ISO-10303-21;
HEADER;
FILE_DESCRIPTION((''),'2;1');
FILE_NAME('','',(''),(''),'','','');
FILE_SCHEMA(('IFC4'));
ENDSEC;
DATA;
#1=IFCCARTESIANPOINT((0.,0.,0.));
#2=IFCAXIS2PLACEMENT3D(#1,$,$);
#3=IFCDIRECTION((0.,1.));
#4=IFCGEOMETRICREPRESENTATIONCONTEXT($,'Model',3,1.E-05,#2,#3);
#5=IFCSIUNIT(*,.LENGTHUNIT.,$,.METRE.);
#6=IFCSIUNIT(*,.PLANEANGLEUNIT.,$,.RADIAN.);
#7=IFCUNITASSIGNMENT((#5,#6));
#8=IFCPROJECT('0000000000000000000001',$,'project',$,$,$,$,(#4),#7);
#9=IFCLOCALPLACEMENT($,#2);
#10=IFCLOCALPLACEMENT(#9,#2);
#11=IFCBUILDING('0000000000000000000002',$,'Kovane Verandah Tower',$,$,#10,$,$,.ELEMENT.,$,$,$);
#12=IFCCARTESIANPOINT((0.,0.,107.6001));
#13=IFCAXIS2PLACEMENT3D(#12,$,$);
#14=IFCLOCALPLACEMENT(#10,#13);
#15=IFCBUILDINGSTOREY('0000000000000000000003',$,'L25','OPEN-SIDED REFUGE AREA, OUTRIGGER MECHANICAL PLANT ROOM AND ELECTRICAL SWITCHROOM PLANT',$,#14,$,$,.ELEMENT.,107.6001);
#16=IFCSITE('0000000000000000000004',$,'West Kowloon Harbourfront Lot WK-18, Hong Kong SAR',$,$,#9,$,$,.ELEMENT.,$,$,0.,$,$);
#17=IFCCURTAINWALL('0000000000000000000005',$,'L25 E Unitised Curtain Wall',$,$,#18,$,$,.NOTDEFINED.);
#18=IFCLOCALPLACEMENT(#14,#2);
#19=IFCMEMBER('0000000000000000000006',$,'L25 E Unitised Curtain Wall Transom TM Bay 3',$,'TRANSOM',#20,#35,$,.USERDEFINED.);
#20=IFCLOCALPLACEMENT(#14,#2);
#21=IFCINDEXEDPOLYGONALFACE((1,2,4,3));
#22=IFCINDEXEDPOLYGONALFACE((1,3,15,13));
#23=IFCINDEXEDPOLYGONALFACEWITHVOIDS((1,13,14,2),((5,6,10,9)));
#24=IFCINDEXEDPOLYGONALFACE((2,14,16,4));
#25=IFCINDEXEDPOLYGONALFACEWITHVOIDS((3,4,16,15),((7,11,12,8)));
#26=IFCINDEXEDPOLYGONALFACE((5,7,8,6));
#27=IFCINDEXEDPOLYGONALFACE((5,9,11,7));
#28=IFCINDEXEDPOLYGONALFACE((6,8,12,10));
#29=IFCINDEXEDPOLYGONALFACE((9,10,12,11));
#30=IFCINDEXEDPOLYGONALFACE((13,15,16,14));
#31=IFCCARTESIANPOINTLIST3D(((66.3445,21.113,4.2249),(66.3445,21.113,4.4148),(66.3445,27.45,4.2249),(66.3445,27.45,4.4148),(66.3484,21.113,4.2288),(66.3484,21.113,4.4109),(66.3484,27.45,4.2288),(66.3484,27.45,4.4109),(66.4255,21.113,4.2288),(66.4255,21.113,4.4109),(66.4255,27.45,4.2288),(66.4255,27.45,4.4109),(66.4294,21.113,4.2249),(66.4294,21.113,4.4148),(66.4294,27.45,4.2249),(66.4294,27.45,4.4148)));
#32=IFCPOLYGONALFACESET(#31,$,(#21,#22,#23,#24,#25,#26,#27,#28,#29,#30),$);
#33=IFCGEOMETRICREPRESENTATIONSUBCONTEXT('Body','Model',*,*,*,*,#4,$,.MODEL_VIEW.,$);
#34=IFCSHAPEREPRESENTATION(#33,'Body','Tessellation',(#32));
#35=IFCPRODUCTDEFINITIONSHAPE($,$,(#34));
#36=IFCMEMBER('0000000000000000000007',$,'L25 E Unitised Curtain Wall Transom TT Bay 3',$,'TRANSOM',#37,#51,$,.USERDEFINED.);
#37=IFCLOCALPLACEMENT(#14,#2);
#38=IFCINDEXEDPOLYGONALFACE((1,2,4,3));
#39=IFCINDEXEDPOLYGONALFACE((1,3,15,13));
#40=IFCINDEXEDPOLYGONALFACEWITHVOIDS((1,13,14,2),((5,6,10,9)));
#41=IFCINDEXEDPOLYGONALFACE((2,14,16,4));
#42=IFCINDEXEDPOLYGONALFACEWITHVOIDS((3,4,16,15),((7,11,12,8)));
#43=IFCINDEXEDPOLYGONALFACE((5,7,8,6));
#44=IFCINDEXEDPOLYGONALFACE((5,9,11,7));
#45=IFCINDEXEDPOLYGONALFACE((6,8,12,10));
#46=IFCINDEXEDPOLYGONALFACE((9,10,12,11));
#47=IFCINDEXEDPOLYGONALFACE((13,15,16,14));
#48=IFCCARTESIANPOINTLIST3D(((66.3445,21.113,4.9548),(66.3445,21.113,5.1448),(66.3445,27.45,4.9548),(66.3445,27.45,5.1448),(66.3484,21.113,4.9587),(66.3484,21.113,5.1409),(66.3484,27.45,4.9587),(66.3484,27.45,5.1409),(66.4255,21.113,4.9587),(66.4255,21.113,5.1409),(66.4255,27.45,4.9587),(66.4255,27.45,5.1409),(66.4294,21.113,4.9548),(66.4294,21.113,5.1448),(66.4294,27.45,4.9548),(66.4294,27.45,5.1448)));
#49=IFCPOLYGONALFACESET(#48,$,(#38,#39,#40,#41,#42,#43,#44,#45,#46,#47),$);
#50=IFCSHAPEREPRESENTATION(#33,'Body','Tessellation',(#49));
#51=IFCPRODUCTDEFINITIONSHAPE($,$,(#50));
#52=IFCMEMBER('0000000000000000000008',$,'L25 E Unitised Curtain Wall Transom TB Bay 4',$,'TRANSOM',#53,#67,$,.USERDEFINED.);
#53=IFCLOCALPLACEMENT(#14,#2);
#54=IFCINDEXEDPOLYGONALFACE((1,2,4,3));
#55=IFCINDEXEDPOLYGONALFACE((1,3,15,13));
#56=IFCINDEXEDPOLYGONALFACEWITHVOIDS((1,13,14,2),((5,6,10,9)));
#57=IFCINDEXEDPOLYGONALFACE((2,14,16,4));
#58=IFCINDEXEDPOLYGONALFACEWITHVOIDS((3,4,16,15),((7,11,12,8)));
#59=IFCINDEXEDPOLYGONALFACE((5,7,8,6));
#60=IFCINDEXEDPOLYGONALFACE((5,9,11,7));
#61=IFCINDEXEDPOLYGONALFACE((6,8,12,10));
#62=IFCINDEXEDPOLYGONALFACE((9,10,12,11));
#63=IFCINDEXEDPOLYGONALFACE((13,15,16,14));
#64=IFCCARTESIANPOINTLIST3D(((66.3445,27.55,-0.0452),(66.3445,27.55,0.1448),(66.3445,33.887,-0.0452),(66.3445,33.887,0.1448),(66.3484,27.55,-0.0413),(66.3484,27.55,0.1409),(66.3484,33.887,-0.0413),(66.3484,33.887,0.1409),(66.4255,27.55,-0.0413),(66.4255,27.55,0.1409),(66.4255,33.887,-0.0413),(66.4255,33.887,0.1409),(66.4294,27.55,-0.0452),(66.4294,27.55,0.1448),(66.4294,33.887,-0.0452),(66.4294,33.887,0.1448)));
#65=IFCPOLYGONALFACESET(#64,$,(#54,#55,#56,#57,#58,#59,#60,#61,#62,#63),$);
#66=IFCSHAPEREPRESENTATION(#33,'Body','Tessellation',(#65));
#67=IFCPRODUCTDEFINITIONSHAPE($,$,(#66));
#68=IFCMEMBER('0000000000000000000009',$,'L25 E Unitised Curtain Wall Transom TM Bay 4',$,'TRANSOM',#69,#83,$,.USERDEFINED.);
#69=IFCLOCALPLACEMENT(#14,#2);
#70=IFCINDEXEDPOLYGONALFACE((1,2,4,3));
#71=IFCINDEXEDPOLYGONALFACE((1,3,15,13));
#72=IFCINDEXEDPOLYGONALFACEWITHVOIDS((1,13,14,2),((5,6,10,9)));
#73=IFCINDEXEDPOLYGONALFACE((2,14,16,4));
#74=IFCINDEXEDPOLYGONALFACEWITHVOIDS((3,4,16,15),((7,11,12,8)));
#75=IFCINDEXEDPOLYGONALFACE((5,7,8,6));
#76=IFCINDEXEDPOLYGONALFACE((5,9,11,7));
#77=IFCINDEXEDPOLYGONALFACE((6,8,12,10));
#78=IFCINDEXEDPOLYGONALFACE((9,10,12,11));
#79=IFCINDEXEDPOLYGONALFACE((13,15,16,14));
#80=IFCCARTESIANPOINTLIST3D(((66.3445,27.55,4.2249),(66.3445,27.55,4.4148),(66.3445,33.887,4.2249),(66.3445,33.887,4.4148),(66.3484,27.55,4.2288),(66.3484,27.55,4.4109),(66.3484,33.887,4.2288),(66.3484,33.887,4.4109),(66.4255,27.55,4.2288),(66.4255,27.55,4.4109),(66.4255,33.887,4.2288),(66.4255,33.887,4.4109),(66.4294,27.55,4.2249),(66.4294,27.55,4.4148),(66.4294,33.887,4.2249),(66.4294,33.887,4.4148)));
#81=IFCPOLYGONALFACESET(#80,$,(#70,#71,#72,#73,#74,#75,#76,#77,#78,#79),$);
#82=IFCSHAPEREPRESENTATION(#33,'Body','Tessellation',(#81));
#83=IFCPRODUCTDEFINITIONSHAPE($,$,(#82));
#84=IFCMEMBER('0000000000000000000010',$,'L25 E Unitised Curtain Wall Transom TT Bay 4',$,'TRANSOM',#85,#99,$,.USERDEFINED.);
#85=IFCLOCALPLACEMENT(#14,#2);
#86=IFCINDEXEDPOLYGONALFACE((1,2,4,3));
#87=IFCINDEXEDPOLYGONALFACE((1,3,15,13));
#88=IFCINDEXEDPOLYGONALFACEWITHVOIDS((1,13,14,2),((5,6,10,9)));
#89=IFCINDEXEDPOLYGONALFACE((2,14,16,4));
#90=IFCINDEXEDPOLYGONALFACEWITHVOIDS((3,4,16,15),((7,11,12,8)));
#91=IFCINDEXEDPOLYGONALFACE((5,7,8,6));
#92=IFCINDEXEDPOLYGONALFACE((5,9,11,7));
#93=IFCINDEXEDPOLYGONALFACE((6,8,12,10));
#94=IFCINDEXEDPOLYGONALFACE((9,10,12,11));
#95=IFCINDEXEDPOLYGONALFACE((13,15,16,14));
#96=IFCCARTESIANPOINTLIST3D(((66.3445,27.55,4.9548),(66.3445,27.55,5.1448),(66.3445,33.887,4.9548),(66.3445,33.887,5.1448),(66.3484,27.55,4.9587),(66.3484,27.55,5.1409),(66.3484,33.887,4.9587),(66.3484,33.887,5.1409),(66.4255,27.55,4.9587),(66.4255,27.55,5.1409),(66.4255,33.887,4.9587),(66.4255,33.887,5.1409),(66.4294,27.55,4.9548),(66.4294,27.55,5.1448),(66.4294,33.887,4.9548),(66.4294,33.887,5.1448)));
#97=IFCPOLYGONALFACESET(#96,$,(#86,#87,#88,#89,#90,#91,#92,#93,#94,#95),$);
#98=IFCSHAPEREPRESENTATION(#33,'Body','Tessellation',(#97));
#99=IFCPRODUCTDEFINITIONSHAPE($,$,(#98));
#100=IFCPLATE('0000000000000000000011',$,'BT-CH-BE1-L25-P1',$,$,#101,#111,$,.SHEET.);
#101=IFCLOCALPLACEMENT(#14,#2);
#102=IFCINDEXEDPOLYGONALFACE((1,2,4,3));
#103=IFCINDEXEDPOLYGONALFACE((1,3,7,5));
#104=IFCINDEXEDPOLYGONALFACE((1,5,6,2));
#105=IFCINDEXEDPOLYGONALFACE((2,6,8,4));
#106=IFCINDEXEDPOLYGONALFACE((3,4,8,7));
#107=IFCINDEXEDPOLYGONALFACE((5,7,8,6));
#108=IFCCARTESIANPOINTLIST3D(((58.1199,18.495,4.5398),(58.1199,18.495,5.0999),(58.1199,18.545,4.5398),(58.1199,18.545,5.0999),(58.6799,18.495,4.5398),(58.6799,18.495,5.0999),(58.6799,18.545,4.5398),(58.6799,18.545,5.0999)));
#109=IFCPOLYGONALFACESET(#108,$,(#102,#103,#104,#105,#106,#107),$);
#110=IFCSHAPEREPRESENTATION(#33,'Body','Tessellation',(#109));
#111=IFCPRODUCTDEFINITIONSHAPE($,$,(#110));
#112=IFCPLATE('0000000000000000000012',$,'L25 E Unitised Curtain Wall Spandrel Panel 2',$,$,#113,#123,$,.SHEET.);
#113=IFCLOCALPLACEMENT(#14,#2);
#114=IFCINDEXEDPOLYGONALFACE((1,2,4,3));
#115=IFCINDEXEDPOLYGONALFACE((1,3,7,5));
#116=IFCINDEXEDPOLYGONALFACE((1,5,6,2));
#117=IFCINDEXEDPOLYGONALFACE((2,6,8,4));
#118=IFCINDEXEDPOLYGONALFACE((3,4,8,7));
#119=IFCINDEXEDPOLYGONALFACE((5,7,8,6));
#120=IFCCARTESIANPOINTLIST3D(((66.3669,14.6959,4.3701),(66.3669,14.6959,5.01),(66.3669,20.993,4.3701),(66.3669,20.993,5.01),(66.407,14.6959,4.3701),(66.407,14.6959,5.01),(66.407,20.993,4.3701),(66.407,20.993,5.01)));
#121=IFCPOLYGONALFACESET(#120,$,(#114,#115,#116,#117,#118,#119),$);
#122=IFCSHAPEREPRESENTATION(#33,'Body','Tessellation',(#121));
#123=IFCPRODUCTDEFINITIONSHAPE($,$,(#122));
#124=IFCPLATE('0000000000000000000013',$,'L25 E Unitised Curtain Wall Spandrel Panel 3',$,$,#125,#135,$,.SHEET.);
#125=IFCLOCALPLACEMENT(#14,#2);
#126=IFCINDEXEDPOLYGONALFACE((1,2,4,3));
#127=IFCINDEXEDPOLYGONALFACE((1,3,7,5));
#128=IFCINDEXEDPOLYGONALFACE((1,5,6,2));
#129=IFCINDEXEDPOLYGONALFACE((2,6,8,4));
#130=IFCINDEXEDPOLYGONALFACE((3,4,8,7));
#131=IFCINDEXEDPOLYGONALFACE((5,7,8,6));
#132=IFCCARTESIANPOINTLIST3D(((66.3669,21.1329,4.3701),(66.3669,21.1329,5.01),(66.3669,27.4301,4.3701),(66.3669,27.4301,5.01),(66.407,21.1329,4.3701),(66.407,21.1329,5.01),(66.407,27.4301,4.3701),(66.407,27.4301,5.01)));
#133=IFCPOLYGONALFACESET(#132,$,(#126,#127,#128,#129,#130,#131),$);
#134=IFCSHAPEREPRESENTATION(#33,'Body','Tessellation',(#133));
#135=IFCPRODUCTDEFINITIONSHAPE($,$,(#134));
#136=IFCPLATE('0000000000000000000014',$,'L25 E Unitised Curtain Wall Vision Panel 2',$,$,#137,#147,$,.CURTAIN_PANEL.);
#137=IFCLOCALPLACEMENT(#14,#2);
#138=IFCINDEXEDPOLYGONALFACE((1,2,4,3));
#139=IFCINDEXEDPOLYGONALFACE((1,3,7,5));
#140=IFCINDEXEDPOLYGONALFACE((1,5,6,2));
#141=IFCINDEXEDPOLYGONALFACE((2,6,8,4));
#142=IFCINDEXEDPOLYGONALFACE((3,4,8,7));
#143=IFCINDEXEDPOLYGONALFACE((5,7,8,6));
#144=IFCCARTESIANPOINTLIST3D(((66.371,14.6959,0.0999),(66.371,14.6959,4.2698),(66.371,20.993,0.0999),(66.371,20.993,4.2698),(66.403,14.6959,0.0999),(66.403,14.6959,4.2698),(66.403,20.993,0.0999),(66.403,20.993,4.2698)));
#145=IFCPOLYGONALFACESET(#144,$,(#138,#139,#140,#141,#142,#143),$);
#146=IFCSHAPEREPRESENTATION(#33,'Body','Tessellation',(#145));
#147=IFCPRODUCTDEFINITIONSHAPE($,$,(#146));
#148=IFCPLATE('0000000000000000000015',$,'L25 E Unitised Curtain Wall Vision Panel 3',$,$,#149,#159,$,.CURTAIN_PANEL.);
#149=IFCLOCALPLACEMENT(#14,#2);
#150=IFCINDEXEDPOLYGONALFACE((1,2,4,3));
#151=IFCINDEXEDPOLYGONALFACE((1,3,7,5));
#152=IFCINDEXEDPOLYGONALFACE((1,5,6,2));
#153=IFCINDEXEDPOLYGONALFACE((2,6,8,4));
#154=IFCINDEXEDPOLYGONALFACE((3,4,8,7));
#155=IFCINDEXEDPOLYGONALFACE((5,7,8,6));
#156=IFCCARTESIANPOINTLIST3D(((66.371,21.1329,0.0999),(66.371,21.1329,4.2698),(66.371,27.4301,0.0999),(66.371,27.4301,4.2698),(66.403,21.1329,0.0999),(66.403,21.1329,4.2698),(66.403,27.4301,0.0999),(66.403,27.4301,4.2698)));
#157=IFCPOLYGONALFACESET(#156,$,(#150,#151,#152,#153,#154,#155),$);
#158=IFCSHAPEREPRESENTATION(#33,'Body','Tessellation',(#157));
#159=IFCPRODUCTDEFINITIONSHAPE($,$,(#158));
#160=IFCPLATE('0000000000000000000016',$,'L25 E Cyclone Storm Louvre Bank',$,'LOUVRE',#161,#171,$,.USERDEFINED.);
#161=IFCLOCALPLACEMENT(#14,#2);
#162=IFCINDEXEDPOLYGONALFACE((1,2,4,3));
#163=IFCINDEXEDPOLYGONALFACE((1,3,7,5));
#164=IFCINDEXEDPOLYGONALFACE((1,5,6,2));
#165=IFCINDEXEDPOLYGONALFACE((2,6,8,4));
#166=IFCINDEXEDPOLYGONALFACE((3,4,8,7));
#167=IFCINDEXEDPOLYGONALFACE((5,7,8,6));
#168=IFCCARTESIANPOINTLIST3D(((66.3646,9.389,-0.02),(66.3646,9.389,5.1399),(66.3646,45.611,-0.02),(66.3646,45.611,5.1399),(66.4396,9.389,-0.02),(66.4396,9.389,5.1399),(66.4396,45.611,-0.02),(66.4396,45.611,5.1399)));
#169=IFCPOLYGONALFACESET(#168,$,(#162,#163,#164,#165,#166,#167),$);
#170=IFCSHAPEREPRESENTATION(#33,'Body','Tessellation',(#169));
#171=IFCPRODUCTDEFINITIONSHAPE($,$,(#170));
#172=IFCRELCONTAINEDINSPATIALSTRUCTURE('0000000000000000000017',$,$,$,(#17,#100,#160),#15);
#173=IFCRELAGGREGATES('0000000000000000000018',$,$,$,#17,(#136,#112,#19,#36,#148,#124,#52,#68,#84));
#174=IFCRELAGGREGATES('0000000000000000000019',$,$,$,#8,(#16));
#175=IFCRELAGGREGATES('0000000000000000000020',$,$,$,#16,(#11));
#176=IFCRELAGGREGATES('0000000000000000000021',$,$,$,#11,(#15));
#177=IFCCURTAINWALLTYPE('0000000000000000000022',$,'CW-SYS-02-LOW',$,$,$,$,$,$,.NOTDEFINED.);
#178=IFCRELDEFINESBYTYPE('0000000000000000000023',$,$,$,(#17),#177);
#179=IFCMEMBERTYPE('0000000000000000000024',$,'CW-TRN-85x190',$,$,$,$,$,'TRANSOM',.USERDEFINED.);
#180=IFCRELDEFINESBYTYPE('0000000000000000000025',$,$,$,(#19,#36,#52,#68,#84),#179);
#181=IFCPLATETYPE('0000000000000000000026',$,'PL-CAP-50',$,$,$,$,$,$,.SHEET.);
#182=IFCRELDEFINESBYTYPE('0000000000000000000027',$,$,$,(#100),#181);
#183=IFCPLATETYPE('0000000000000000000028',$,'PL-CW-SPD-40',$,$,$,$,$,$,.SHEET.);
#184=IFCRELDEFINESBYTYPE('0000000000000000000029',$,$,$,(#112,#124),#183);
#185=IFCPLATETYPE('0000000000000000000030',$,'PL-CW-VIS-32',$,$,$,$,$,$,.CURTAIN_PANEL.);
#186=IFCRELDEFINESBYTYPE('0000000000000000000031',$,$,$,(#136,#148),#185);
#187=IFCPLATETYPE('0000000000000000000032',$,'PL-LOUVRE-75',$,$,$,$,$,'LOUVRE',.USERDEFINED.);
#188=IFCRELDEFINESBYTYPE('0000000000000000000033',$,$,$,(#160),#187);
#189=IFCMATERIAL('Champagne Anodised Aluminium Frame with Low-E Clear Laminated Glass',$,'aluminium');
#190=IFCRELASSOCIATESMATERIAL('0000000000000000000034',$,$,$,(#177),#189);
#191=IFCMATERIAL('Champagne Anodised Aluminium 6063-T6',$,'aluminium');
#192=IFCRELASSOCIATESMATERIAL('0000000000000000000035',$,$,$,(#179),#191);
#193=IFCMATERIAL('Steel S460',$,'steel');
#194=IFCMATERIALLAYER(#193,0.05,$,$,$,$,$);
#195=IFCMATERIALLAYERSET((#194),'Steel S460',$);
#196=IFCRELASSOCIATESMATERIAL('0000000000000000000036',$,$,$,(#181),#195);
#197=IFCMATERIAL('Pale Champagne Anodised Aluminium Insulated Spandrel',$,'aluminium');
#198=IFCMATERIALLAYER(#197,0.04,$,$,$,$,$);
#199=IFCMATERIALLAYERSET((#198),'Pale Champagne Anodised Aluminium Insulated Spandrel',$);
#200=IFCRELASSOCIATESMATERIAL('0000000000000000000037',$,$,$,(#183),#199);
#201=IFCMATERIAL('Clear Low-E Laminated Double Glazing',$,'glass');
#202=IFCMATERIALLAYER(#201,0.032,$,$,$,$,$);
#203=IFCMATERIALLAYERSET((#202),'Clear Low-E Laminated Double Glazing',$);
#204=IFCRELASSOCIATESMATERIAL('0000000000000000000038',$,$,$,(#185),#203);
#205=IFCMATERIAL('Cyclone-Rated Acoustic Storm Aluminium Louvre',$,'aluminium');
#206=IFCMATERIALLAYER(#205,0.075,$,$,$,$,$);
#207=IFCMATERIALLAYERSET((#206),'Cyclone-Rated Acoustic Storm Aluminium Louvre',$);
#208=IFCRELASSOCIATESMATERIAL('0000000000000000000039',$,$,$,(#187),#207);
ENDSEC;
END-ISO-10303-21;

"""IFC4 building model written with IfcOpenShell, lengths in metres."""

from ifc_helpers import new_model, si_unit, direction, frame, origin, origin_2d, place, context, subcontext, project, spatial, rectangle, hollow_rectangle, extrude, material, layer, layer_set, material_profile, profile_set, type_object, element, aggregate, save


model = new_model("IFC4")

# Units and contexts
model_context = context("Model", 3, precision=1e-05, world=origin(), true_north=direction((0.0, 1.0)))
body_context = subcontext(model_context, "Body", "Model", "MODEL_VIEW")
ifc_project = project(units=[si_unit("LENGTHUNIT", "METRE"), si_unit("PLANEANGLEUNIT", "RADIAN")], contexts=[model_context])

# Site, building, storey
site_placement = place(None, origin())
site = spatial("IfcSite", under=ifc_project, at=site_placement, Name="West Kowloon Harbourfront Lot WK-18, Hong Kong SAR", CompositionType="ELEMENT", RefElevation=0.0)
building_placement = place(site_placement, origin())
building = spatial("IfcBuilding", under=site, at=building_placement, Name="Kovane Verandah Tower", CompositionType="ELEMENT")
storey_placement = place(building_placement, frame((0.0, 0.0, 107.6001)))
storey = spatial("IfcBuildingStorey", under=building, at=storey_placement, Name="L25", Description="OPEN-SIDED REFUGE AREA, OUTRIGGER MECHANICAL PLANT ROOM AND ELECTRICAL SWITCHROOM PLANT", CompositionType="ELEMENT", Elevation=107.6001)

# Shared definitions
ifc_material_1 = material(Name="Steel S460", Category="steel")

# Curtain wall, members
ifc_material_2 = material(Name="Champagne Anodised Aluminium Frame with Low-E Clear Laminated Glass", Category="aluminium")
curtain_wall_type = type_object("IfcCurtainWallType", Name="CW-SYS-02-LOW", PredefinedType="NOTDEFINED", material=ifc_material_2)
curtain_wall_placement = place(storey_placement, origin())
curtain_wall = element("IfcCurtainWall", 1, at=curtain_wall_placement, inside=storey, type_object=curtain_wall_type, Name="L25 E Unitised Curtain Wall", PredefinedType="NOTDEFINED")
ifc_material_3 = material(Name="Champagne Anodised Aluminium 6063-T6", Category="aluminium")
ifc_material_profile_1 = material_profile(ifc_material_3, hollow_rectangle(XDim=0.085, YDim=0.1899, WallThickness=0.0039, at=origin_2d()), Name="AL85x190x4")
ifc_profile_set_1 = profile_set([ifc_material_profile_1], Name="Champagne Anodised Aluminium 6063-T6")
member_type_1 = type_object("IfcMemberType", Name="CW-TRN-85x190", ElementType="TRANSOM", PredefinedType="USERDEFINED", material=ifc_profile_set_1)
member_1_placement = place(storey_placement, frame((66.387, 21.113, 4.3198), z_axis=(0.0, 1.0, 0.0), x_axis=(-1.0, 0.0, 0.0)))
member_1 = element("IfcMember", 2, at=member_1_placement, type_object=member_type_1, Name="L25 E Unitised Curtain Wall Transom TM Bay 3", ObjectType="TRANSOM", PredefinedType="USERDEFINED", context=body_context, shape_type="SweptSolid", body=[
    extrude(hollow_rectangle(XDim=0.085, YDim=0.1899, WallThickness=0.0039, at=origin_2d()), origin(), (0.0, 0.0, 1.0), 6.3369),
])
member_2_placement = place(storey_placement, frame((66.387, 21.113, 5.0498), z_axis=(0.0, 1.0, 0.0), x_axis=(-1.0, 0.0, 0.0)))
member_2 = element("IfcMember", 3, at=member_2_placement, type_object=member_type_1, Name="L25 E Unitised Curtain Wall Transom TT Bay 3", ObjectType="TRANSOM", PredefinedType="USERDEFINED", context=body_context, shape_type="SweptSolid", body=[
    extrude(hollow_rectangle(XDim=0.085, YDim=0.1899, WallThickness=0.0039, at=origin_2d()), origin(), (0.0, 0.0, 1.0), 6.3369),
])
member_3_placement = place(storey_placement, frame((66.387, 27.55, 0.0498), z_axis=(0.0, 1.0, 0.0), x_axis=(-1.0, 0.0, 0.0)))
member_3 = element("IfcMember", 4, at=member_3_placement, type_object=member_type_1, Name="L25 E Unitised Curtain Wall Transom TB Bay 4", ObjectType="TRANSOM", PredefinedType="USERDEFINED", context=body_context, shape_type="SweptSolid", body=[
    extrude(hollow_rectangle(XDim=0.085, YDim=0.1899, WallThickness=0.0039, at=origin_2d()), origin(), (0.0, 0.0, 1.0), 6.3369),
])
member_4_placement = place(storey_placement, frame((66.387, 27.55, 4.3198), z_axis=(0.0, 1.0, 0.0), x_axis=(-1.0, 0.0, 0.0)))
member_4 = element("IfcMember", 5, at=member_4_placement, type_object=member_type_1, Name="L25 E Unitised Curtain Wall Transom TM Bay 4", ObjectType="TRANSOM", PredefinedType="USERDEFINED", context=body_context, shape_type="SweptSolid", body=[
    extrude(hollow_rectangle(XDim=0.085, YDim=0.1899, WallThickness=0.0039, at=origin_2d()), origin(), (0.0, 0.0, 1.0), 6.3369),
])
member_5_placement = place(storey_placement, frame((66.387, 27.55, 5.0498), z_axis=(0.0, 1.0, 0.0), x_axis=(-1.0, 0.0, 0.0)))
member_5 = element("IfcMember", 6, at=member_5_placement, type_object=member_type_1, Name="L25 E Unitised Curtain Wall Transom TT Bay 4", ObjectType="TRANSOM", PredefinedType="USERDEFINED", context=body_context, shape_type="SweptSolid", body=[
    extrude(hollow_rectangle(XDim=0.085, YDim=0.1899, WallThickness=0.0039, at=origin_2d()), origin(), (0.0, 0.0, 1.0), 6.3369),
])

# Plates
ifc_layer_1 = layer(ifc_material_1, 0.05)
ifc_layer_set_1 = layer_set([ifc_layer_1], Name="Steel S460")
plate_type_1 = type_object("IfcPlateType", Name="PL-CAP-50", PredefinedType="SHEET", material=ifc_layer_set_1)
plate_1_placement = place(storey_placement, frame((58.3999, 18.52, 4.5398), z_axis=(0.0, 0.0, 1.0), x_axis=(0.0, 1.0, 0.0)))
element("IfcPlate", 7, at=plate_1_placement, inside=storey, type_object=plate_type_1, Name="BT-CH-BE1-L25-P1", PredefinedType="SHEET", context=body_context, shape_type="SweptSolid", body=[
    extrude(rectangle(XDim=0.05, YDim=0.5601, at=origin_2d()), origin(), (0.0, 0.0, 1.0), 0.5601),
])
ifc_material_4 = material(Name="Pale Champagne Anodised Aluminium Insulated Spandrel", Category="aluminium")
ifc_layer_2 = layer(ifc_material_4, 0.04)
ifc_layer_set_2 = layer_set([ifc_layer_2], Name="Pale Champagne Anodised Aluminium Insulated Spandrel")
plate_type_2 = type_object("IfcPlateType", Name="PL-CW-SPD-40", PredefinedType="SHEET", material=ifc_layer_set_2)
plate_2_placement = place(storey_placement, frame((66.387, 17.8445, 4.3701), z_axis=(0.0, 0.0, 1.0), x_axis=(0.0, 1.0, 0.0)))
plate_2 = element("IfcPlate", 8, at=plate_2_placement, type_object=plate_type_2, Name="L25 E Unitised Curtain Wall Spandrel Panel 2", PredefinedType="SHEET", context=body_context, shape_type="SweptSolid", body=[
    extrude(rectangle(XDim=6.2971, YDim=0.04, at=origin_2d()), origin(), (0.0, 0.0, 1.0), 0.6399),
])
plate_3_placement = place(storey_placement, frame((66.387, 24.2815, 4.3701), z_axis=(0.0, 0.0, 1.0), x_axis=(0.0, 1.0, 0.0)))
plate_3 = element("IfcPlate", 9, at=plate_3_placement, type_object=plate_type_2, Name="L25 E Unitised Curtain Wall Spandrel Panel 3", PredefinedType="SHEET", context=body_context, shape_type="SweptSolid", body=[
    extrude(rectangle(XDim=6.2971, YDim=0.04, at=origin_2d()), origin(), (0.0, 0.0, 1.0), 0.6399),
])
ifc_material_5 = material(Name="Clear Low-E Laminated Double Glazing", Category="glass")
ifc_layer_3 = layer(ifc_material_5, 0.032)
ifc_layer_set_3 = layer_set([ifc_layer_3], Name="Clear Low-E Laminated Double Glazing")
plate_type_3 = type_object("IfcPlateType", Name="PL-CW-VIS-32", PredefinedType="CURTAIN_PANEL", material=ifc_layer_set_3)
plate_4_placement = place(storey_placement, frame((66.387, 17.8445, 0.0999), z_axis=(0.0, 0.0, 1.0), x_axis=(0.0, 1.0, 0.0)))
plate_4 = element("IfcPlate", 10, at=plate_4_placement, type_object=plate_type_3, Name="L25 E Unitised Curtain Wall Vision Panel 2", PredefinedType="CURTAIN_PANEL", context=body_context, shape_type="SweptSolid", body=[
    extrude(rectangle(XDim=6.2971, YDim=0.032, at=origin_2d()), origin(), (0.0, 0.0, 1.0), 4.1699),
])
plate_5_placement = place(storey_placement, frame((66.387, 24.2815, 0.0999), z_axis=(0.0, 0.0, 1.0), x_axis=(0.0, 1.0, 0.0)))
plate_5 = element("IfcPlate", 11, at=plate_5_placement, type_object=plate_type_3, Name="L25 E Unitised Curtain Wall Vision Panel 3", PredefinedType="CURTAIN_PANEL", context=body_context, shape_type="SweptSolid", body=[
    extrude(rectangle(XDim=6.2971, YDim=0.032, at=origin_2d()), origin(), (0.0, 0.0, 1.0), 4.1699),
])
aggregate(curtain_wall, [plate_4, plate_2, member_1, member_2, plate_5, plate_3, member_3, member_4, member_5])
ifc_material_6 = material(Name="Cyclone-Rated Acoustic Storm Aluminium Louvre", Category="aluminium")
ifc_layer_4 = layer(ifc_material_6, 0.075)
ifc_layer_set_4 = layer_set([ifc_layer_4], Name="Cyclone-Rated Acoustic Storm Aluminium Louvre")
plate_type_4 = type_object("IfcPlateType", Name="PL-LOUVRE-75", ElementType="LOUVRE", PredefinedType="USERDEFINED", material=ifc_layer_set_4)
plate_6_placement = place(storey_placement, frame((66.4021, 27.5, -0.02), z_axis=(0.0, 0.0, 1.0), x_axis=(0.0, 1.0, 0.0)))
element("IfcPlate", 12, at=plate_6_placement, inside=storey, type_object=plate_type_4, Name="L25 E Cyclone Storm Louvre Bank", ObjectType="LOUVRE", PredefinedType="USERDEFINED", context=body_context, shape_type="SweptSolid", body=[
    extrude(rectangle(XDim=36.2219, YDim=0.075, at=origin_2d()), origin(), (0.0, 0.0, 1.0), 5.1599),
])

save(model, "model.ifc")
